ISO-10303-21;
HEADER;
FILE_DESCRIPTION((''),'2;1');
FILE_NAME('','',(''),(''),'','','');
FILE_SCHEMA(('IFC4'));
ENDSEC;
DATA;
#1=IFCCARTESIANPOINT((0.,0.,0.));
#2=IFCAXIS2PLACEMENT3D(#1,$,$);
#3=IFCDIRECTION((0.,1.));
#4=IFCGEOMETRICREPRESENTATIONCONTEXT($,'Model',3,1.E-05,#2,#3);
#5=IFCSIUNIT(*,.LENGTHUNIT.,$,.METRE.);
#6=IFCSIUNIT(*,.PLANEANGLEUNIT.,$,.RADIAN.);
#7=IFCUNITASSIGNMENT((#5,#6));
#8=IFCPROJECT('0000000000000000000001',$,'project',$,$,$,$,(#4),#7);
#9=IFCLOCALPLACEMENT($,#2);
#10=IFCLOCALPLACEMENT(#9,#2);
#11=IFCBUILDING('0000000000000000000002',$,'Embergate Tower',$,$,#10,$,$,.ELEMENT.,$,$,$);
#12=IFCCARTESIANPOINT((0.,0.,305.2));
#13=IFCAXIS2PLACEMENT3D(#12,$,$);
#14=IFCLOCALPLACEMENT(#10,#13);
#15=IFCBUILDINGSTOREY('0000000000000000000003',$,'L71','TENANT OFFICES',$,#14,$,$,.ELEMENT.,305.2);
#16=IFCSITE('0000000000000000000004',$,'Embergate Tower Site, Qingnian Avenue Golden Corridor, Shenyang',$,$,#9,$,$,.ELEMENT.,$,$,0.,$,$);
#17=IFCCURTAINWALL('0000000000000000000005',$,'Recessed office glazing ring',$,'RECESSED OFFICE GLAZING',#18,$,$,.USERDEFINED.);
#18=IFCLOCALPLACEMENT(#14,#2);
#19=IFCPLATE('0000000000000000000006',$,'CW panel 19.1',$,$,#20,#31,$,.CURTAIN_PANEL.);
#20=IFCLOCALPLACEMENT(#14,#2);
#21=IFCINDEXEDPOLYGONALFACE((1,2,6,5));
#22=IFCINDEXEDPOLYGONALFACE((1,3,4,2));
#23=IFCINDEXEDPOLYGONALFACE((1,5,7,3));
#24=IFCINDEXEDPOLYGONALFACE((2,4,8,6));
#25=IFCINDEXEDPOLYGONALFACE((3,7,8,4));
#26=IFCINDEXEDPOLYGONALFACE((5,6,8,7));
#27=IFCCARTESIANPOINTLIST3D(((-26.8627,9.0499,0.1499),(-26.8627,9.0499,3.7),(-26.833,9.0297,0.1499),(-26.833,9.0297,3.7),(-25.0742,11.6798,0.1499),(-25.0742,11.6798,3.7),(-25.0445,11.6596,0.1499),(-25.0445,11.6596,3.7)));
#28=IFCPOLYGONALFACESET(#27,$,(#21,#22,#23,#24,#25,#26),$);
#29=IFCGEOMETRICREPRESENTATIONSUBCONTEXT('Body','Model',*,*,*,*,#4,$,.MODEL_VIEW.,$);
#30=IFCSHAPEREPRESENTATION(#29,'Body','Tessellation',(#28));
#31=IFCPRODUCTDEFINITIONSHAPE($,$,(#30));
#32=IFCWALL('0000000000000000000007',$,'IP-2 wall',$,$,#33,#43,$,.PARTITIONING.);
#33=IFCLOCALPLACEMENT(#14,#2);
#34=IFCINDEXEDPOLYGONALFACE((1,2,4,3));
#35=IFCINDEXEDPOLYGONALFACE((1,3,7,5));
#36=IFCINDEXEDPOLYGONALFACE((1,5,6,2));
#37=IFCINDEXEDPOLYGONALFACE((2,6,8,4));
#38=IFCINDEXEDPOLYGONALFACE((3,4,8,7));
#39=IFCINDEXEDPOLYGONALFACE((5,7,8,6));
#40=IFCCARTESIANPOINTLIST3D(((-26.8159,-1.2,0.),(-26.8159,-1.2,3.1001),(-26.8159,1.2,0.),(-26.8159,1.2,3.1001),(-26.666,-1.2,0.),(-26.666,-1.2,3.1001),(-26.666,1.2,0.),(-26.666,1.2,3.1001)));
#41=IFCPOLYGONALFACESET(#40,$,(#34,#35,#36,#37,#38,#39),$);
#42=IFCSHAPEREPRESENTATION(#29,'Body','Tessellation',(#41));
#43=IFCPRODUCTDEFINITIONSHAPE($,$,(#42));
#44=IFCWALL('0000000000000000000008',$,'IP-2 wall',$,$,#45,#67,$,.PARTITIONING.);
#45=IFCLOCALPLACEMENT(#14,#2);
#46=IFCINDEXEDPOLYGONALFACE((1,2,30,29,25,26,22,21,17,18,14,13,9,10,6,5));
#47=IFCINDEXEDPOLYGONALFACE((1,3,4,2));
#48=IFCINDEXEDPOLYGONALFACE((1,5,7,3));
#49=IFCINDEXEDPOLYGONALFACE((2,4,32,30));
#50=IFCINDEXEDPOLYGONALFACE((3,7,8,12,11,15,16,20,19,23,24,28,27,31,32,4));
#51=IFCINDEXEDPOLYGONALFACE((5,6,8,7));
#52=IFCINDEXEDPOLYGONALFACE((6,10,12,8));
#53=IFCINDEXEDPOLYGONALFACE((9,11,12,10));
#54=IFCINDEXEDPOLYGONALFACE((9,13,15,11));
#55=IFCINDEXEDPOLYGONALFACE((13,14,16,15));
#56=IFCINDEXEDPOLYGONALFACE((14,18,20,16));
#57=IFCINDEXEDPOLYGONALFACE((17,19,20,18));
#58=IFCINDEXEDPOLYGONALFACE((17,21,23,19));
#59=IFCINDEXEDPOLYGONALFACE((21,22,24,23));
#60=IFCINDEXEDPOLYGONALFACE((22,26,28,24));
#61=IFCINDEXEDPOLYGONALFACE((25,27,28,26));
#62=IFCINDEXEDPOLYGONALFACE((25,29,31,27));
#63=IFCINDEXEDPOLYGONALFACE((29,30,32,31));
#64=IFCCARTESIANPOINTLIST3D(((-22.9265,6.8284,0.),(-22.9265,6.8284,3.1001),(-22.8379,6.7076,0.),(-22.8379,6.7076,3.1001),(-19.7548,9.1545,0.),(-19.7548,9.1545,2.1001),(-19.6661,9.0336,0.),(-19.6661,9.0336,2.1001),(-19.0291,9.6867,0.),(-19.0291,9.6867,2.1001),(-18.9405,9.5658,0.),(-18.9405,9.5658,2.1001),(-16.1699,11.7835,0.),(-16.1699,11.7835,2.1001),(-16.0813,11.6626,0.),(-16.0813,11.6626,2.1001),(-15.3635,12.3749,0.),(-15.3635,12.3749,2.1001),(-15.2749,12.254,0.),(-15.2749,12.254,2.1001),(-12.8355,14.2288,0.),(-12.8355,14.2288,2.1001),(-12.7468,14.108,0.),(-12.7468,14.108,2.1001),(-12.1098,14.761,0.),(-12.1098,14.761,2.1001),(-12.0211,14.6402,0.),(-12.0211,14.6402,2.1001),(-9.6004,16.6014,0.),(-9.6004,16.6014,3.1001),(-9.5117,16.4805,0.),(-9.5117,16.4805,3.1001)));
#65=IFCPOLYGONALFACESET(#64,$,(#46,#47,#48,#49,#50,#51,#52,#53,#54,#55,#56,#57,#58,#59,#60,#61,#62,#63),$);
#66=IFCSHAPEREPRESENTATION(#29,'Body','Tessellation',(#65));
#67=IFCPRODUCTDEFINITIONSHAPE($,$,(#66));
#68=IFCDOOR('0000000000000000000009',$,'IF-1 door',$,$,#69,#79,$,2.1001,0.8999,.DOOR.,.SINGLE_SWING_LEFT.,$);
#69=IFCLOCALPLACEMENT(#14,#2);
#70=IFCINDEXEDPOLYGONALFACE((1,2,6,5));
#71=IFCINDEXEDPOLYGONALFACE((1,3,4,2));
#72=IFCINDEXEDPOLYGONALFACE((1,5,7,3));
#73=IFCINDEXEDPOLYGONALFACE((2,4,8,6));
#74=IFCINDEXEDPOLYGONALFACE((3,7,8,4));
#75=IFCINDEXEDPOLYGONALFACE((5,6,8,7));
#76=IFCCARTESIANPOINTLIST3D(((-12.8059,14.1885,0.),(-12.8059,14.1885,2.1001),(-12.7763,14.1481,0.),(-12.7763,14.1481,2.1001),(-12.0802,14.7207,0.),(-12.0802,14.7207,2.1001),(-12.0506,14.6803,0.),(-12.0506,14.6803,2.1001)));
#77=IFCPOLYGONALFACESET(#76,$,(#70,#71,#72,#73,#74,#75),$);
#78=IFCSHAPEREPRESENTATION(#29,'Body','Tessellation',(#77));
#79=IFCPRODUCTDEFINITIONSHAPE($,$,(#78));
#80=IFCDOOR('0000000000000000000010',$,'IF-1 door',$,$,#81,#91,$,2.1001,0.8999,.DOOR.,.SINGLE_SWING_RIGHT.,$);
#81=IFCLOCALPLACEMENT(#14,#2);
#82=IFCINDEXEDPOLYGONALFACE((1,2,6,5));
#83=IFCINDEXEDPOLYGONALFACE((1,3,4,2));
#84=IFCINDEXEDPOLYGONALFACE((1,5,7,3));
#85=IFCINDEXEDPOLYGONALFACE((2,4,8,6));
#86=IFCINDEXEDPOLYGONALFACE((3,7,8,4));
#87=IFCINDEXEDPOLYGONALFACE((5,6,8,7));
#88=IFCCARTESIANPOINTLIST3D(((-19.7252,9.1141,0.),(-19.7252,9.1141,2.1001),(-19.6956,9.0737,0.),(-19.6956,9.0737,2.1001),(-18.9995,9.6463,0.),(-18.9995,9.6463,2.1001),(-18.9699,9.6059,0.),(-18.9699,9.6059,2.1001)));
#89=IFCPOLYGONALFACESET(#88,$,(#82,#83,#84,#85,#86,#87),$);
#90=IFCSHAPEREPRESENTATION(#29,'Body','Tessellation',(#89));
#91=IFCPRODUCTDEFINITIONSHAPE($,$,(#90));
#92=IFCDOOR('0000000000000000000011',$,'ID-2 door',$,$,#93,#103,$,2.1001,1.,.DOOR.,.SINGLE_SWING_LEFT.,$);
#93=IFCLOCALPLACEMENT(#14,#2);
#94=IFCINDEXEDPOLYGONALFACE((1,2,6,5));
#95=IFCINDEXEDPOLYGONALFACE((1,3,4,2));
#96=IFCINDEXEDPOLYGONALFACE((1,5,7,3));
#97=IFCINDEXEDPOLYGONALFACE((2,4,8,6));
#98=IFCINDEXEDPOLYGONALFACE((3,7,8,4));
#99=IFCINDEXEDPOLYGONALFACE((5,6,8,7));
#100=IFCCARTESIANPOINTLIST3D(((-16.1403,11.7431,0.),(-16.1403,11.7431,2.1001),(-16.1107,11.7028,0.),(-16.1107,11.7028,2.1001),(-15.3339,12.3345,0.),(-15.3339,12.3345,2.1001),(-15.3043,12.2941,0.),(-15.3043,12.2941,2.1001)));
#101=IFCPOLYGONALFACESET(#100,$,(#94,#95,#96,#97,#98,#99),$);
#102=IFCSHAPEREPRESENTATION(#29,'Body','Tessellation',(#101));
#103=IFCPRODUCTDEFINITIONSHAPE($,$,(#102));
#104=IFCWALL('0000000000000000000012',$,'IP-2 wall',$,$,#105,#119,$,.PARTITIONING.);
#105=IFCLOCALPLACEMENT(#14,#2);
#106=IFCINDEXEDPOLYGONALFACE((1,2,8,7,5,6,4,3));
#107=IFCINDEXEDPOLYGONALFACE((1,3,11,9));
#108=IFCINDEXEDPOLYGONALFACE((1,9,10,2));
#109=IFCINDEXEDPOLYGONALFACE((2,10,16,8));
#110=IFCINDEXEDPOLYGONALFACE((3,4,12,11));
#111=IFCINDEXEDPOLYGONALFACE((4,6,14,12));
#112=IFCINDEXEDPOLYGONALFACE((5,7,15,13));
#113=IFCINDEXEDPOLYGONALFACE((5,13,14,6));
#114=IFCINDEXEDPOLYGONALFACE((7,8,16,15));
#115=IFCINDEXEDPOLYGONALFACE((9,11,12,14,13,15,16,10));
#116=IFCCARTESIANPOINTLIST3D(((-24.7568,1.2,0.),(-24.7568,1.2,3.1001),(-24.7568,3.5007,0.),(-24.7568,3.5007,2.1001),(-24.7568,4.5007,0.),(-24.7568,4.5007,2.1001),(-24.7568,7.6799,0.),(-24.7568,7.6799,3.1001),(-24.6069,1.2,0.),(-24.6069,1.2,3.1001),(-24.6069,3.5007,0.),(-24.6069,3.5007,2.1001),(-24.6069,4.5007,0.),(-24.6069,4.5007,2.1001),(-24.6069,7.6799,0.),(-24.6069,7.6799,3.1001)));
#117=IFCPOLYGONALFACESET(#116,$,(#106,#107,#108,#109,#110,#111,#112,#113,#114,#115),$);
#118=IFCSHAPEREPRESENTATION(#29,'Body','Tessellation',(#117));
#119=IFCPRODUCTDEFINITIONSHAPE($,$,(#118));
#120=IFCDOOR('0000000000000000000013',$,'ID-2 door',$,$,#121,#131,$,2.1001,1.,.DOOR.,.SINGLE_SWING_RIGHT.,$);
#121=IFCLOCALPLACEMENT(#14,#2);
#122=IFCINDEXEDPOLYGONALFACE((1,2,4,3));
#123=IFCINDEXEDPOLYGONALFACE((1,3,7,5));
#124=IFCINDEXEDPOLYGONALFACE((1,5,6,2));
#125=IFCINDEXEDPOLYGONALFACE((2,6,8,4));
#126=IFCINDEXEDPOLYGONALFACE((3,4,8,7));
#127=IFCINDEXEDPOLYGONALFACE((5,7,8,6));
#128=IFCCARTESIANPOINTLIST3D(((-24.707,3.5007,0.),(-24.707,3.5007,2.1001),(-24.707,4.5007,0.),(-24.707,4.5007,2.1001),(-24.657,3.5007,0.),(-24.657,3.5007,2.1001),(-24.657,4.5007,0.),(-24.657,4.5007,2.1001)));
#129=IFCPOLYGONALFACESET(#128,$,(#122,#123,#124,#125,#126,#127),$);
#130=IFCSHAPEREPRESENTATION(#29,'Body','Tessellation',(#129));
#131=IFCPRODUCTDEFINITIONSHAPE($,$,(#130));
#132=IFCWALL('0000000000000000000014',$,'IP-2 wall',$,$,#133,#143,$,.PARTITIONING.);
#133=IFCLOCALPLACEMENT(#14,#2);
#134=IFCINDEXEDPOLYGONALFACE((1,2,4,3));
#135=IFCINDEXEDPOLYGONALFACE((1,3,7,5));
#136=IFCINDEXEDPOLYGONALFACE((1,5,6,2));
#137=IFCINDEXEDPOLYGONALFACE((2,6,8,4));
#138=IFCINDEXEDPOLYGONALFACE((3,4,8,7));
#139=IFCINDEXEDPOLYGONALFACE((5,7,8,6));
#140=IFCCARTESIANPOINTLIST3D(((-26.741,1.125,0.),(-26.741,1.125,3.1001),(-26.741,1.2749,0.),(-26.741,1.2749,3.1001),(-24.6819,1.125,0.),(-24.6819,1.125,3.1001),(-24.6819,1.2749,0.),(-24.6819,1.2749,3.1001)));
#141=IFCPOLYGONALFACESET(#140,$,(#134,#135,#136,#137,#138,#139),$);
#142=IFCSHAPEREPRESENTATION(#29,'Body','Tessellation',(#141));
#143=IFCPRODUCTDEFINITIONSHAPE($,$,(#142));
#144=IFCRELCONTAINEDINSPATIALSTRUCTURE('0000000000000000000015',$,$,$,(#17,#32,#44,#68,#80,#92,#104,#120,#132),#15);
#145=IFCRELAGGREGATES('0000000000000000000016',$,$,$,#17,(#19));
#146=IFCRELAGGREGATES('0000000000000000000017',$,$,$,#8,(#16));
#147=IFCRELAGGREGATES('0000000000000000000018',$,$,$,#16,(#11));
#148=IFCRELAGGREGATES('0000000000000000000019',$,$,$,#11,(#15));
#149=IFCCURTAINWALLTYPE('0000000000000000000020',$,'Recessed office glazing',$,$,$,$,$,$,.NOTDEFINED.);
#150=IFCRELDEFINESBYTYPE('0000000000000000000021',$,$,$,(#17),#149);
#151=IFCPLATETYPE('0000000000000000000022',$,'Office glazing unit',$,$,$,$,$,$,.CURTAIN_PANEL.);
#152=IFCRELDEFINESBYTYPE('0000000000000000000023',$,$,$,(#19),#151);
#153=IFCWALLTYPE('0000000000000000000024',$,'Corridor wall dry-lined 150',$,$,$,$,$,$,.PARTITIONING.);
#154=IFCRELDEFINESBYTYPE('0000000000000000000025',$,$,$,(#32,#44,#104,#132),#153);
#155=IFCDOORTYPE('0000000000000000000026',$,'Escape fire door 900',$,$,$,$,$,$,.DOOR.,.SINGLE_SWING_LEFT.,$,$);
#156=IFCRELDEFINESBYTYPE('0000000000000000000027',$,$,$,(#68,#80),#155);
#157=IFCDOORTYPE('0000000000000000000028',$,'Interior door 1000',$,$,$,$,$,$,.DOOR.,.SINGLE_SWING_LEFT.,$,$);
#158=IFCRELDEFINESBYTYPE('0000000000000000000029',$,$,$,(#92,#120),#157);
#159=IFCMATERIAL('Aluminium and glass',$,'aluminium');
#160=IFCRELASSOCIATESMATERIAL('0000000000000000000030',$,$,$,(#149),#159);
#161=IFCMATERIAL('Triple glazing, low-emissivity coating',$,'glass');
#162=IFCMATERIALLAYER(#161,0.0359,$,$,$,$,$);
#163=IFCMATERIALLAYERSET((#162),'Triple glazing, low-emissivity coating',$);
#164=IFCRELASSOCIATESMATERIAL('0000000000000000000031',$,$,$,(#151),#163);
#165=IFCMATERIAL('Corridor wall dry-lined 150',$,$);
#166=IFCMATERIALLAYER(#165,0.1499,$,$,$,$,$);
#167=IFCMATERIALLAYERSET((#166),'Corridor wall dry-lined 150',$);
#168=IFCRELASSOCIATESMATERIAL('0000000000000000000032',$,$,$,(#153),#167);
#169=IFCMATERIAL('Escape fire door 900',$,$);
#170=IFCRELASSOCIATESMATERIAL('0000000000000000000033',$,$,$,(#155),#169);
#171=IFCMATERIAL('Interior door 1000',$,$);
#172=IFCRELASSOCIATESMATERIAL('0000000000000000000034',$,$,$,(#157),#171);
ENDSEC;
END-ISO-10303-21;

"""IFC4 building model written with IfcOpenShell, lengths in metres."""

from ifc_helpers import new_model, si_unit, direction, frame, frame_2d, origin, origin_2d, place, context, subcontext, project, spatial, rectangle, extrude, source, transform, mapped, material, layer, layer_set, type_object, element, fill, aggregate, save


model = new_model("IFC4")

# Units and contexts
model_context = context("Model", 3, precision=1e-05, world=origin(), true_north=direction((0.0, 1.0)))
body_context = subcontext(model_context, "Body", "Model", "MODEL_VIEW")
ifc_project = project(units=[si_unit("LENGTHUNIT", "METRE"), si_unit("PLANEANGLEUNIT", "RADIAN")], contexts=[model_context])

# Site, building, storey
site_placement = place(None, origin())
site = spatial("IfcSite", under=ifc_project, at=site_placement, Name="Embergate Tower Site, Qingnian Avenue Golden Corridor, Shenyang", CompositionType="ELEMENT", RefElevation=0.0)
building_placement = place(site_placement, origin())
building = spatial("IfcBuilding", under=site, at=building_placement, Name="Embergate Tower", CompositionType="ELEMENT")
storey_placement = place(building_placement, frame((0.0, 0.0, 305.2)))
storey = spatial("IfcBuildingStorey", under=building, at=storey_placement, Name="L71", Description="TENANT OFFICES", CompositionType="ELEMENT", Elevation=305.2)

# Curtain wall, plate
ifc_material_1 = material(Name="Aluminium and glass", Category="aluminium")
curtain_wall_type = type_object("IfcCurtainWallType", Name="Recessed office glazing", PredefinedType="NOTDEFINED", material=ifc_material_1)
curtain_wall_placement = place(storey_placement, origin())
curtain_wall = element("IfcCurtainWall", 1, at=curtain_wall_placement, inside=storey, type_object=curtain_wall_type, Name="Recessed office glazing ring", ObjectType="RECESSED OFFICE GLAZING", PredefinedType="USERDEFINED")
ifc_material_2 = material(Name="Triple glazing, low-emissivity coating", Category="glass")
ifc_layer_1 = layer(ifc_material_2, 0.0359)
ifc_layer_set_1 = layer_set([ifc_layer_1], Name="Triple glazing, low-emissivity coating")
plate_type = type_object("IfcPlateType", Name="Office glazing unit", PredefinedType="CURTAIN_PANEL", material=ifc_layer_set_1)
shared_shape_1 = source(origin(), body_context, "Body", "SweptSolid", [
    extrude(rectangle(XDim=3.1804, YDim=0.0359, at=origin_2d()), origin(), (0.0, 0.0, 1.0), 3.55),
])
plate_1_placement = place(storey_placement, frame((-25.9536, 10.3547, 0.1499), z_axis=(0.0, 0.0, 1.0), x_axis=(-0.562342, -0.826905, 0.0)))
plate_1 = element("IfcPlate", 2, at=plate_1_placement, type_object=plate_type, Name="CW panel 19.1", PredefinedType="CURTAIN_PANEL", context=body_context, shape_type="MappedRepresentation", body=[
    mapped(shared_shape_1, transform((0.0, 0.0, 0.0))),
])
aggregate(curtain_wall, [plate_1])

# Wall
ifc_material_3 = material(Name="Corridor wall dry-lined 150")
ifc_layer_2 = layer(ifc_material_3, 0.1499)
ifc_layer_set_2 = layer_set([ifc_layer_2], Name="Corridor wall dry-lined 150")
wall_type_1 = type_object("IfcWallType", Name="Corridor wall dry-lined 150", PredefinedType="PARTITIONING", material=ifc_layer_set_2)
shared_shape_2 = source(origin(), body_context, "Body", "SweptSolid", [
    extrude(rectangle(XDim=2.3999, YDim=0.1499, at=frame_2d((1.2, 0.0))), origin(), (0.0, 0.0, 1.0), 3.1001),
])
wall_1_placement = place(storey_placement, frame((-26.741, 1.2, 0.0), z_axis=(0.0, 0.0, 1.0), x_axis=(0.0, -1.0, 0.0)))
element("IfcWall", 3, at=wall_1_placement, inside=storey, type_object=wall_type_1, Name="IP-2 wall", PredefinedType="PARTITIONING", context=body_context, shape_type="MappedRepresentation", body=[
    mapped(shared_shape_2, transform((0.0, 0.0, 0.0))),
])

# Wall, openings, doors
shared_shape_3 = source(origin(), body_context, "Body", "SweptSolid", [
    extrude(rectangle(XDim=16.5256, YDim=0.1499, at=frame_2d((8.2627, 0.0))), origin(), (0.0, 0.0, 1.0), 3.1001),
])
wall_2_placement = place(storey_placement, frame((-22.8821, 6.7681, 0.0), z_axis=(0.0, 0.0, 1.0), x_axis=(0.806393, 0.59138, 0.0)))
wall_2 = element("IfcWall", 4, at=wall_2_placement, inside=storey, type_object=wall_type_1, Name="IP-2 wall", PredefinedType="PARTITIONING", context=body_context, shape_type="MappedRepresentation", body=[
    mapped(shared_shape_3, transform((0.0, 0.0, 0.0))),
])
shared_shape_4 = source(origin(), body_context, "Body", "SweptSolid", [
    extrude(rectangle(XDim=0.8999, YDim=2.1001, at=frame_2d((0.45, 1.05))), frame((0.0, 0.085, 0.0), z_axis=(0.0, -1.0, 0.0), x_axis=(1.0, 0.0, 0.0)), (0.0, 0.0, 1.0), 0.1699),
])
opening_1_placement = place(wall_2_placement, frame((12.5137, 0.0, 0.0)))
opening_1 = element("IfcOpeningElement", 5, at=opening_1_placement, cuts=wall_2, PredefinedType="OPENING", context=body_context, shape_type="MappedRepresentation", body=[
    mapped(shared_shape_4, transform((0.0, 0.0, 0.0))),
])
shared_shape_5 = source(origin(), body_context, "Body", "SweptSolid", [
    extrude(rectangle(XDim=1.0, YDim=2.1001, at=frame_2d((0.5, 1.05))), frame((0.0, 0.085, 0.0), z_axis=(0.0, -1.0, 0.0), x_axis=(1.0, 0.0, 0.0)), (0.0, 0.0, 1.0), 0.1699),
])
opening_2_placement = place(wall_2_placement, frame((8.3787, 0.0, 0.0)))
opening_2 = element("IfcOpeningElement", 6, at=opening_2_placement, cuts=wall_2, PredefinedType="OPENING", context=body_context, shape_type="MappedRepresentation", body=[
    mapped(shared_shape_5, transform((0.0, 0.0, 0.0))),
])
opening_3_placement = place(wall_2_placement, frame((3.9331, 0.0, 0.0)))
opening_3 = element("IfcOpeningElement", 7, at=opening_3_placement, cuts=wall_2, PredefinedType="OPENING", context=body_context, shape_type="MappedRepresentation", body=[
    mapped(shared_shape_4, transform((0.0, 0.0, 0.0))),
])
ifc_material_4 = material(Name="Escape fire door 900")
door_type_1 = type_object("IfcDoorType", Name="Escape fire door 900", OperationType="SINGLE_SWING_LEFT", PredefinedType="DOOR", material=ifc_material_4)
shared_shape_6 = source(origin(), body_context, "Body", "SweptSolid", [
    extrude(rectangle(XDim=0.8999, YDim=2.1001, at=frame_2d((0.45, 1.05))), frame((0.0, 0.0249, 0.0), z_axis=(0.0, -1.0, 0.0), x_axis=(1.0, 0.0, 0.0)), (0.0, 0.0, 1.0), 0.05),
])
door_1_placement = place(opening_1_placement, origin())
door_1 = element("IfcDoor", 8, at=door_1_placement, inside=storey, type_object=door_type_1, Name="IF-1 door", OperationType="SINGLE_SWING_LEFT", OverallHeight=2.1001, OverallWidth=0.8999, PredefinedType="DOOR", context=body_context, shape_type="MappedRepresentation", body=[
    mapped(shared_shape_6, transform((0.0, 0.0, 0.0))),
])
fill(opening_1, door_1)
door_2_placement = place(opening_3_placement, origin())
door_2 = element("IfcDoor", 9, at=door_2_placement, inside=storey, type_object=door_type_1, Name="IF-1 door", OperationType="SINGLE_SWING_RIGHT", OverallHeight=2.1001, OverallWidth=0.8999, PredefinedType="DOOR", context=body_context, shape_type="MappedRepresentation", body=[
    mapped(shared_shape_6, transform((0.0, 0.0, 0.0))),
])
fill(opening_3, door_2)
ifc_material_5 = material(Name="Interior door 1000")
door_type_2 = type_object("IfcDoorType", Name="Interior door 1000", OperationType="SINGLE_SWING_LEFT", PredefinedType="DOOR", material=ifc_material_5)
shared_shape_7 = source(origin(), body_context, "Body", "SweptSolid", [
    extrude(rectangle(XDim=1.0, YDim=2.1001, at=frame_2d((0.5, 1.05))), frame((0.0, 0.0249, 0.0), z_axis=(0.0, -1.0, 0.0), x_axis=(1.0, 0.0, 0.0)), (0.0, 0.0, 1.0), 0.05),
])
door_3_placement = place(opening_2_placement, origin())
door_3 = element("IfcDoor", 10, at=door_3_placement, inside=storey, type_object=door_type_2, Name="ID-2 door", OperationType="SINGLE_SWING_LEFT", OverallHeight=2.1001, OverallWidth=1.0, PredefinedType="DOOR", context=body_context, shape_type="MappedRepresentation", body=[
    mapped(shared_shape_7, transform((0.0, 0.0, 0.0))),
])
fill(opening_2, door_3)

# Wall, opening, door
shared_shape_8 = source(origin(), body_context, "Body", "SweptSolid", [
    extrude(rectangle(XDim=6.48, YDim=0.1499, at=frame_2d((3.24, 0.0))), origin(), (0.0, 0.0, 1.0), 3.1001),
])
wall_3_placement = place(storey_placement, frame((-24.6819, 7.6799, 0.0), z_axis=(0.0, 0.0, 1.0), x_axis=(0.0, -1.0, 0.0)))
wall_3 = element("IfcWall", 11, at=wall_3_placement, inside=storey, type_object=wall_type_1, Name="IP-2 wall", PredefinedType="PARTITIONING", context=body_context, shape_type="MappedRepresentation", body=[
    mapped(shared_shape_8, transform((0.0, 0.0, 0.0))),
])
opening_4_placement = place(wall_3_placement, frame((3.1792, 0.0, 0.0)))
opening_4 = element("IfcOpeningElement", 12, at=opening_4_placement, cuts=wall_3, PredefinedType="OPENING", context=body_context, shape_type="MappedRepresentation", body=[
    mapped(shared_shape_5, transform((0.0, 0.0, 0.0))),
])
door_4_placement = place(opening_4_placement, origin())
door_4 = element("IfcDoor", 13, at=door_4_placement, inside=storey, type_object=door_type_2, Name="ID-2 door", OperationType="SINGLE_SWING_RIGHT", OverallHeight=2.1001, OverallWidth=1.0, PredefinedType="DOOR", context=body_context, shape_type="MappedRepresentation", body=[
    mapped(shared_shape_7, transform((0.0, 0.0, 0.0))),
])
fill(opening_4, door_4)

# Wall
shared_shape_9 = source(origin(), body_context, "Body", "SweptSolid", [
    extrude(rectangle(XDim=2.0591, YDim=0.1499, at=frame_2d((1.0295, 0.0))), origin(), (0.0, 0.0, 1.0), 3.1001),
])
wall_4_placement = place(storey_placement, frame((-24.6819, 1.2, 0.0), z_axis=(0.0, 0.0, 1.0), x_axis=(-1.0, 0.0, 0.0)))
element("IfcWall", 14, at=wall_4_placement, inside=storey, type_object=wall_type_1, Name="IP-2 wall", PredefinedType="PARTITIONING", context=body_context, shape_type="MappedRepresentation", body=[
    mapped(shared_shape_9, transform((0.0, 0.0, 0.0))),
])

save(model, "model.ifc")
